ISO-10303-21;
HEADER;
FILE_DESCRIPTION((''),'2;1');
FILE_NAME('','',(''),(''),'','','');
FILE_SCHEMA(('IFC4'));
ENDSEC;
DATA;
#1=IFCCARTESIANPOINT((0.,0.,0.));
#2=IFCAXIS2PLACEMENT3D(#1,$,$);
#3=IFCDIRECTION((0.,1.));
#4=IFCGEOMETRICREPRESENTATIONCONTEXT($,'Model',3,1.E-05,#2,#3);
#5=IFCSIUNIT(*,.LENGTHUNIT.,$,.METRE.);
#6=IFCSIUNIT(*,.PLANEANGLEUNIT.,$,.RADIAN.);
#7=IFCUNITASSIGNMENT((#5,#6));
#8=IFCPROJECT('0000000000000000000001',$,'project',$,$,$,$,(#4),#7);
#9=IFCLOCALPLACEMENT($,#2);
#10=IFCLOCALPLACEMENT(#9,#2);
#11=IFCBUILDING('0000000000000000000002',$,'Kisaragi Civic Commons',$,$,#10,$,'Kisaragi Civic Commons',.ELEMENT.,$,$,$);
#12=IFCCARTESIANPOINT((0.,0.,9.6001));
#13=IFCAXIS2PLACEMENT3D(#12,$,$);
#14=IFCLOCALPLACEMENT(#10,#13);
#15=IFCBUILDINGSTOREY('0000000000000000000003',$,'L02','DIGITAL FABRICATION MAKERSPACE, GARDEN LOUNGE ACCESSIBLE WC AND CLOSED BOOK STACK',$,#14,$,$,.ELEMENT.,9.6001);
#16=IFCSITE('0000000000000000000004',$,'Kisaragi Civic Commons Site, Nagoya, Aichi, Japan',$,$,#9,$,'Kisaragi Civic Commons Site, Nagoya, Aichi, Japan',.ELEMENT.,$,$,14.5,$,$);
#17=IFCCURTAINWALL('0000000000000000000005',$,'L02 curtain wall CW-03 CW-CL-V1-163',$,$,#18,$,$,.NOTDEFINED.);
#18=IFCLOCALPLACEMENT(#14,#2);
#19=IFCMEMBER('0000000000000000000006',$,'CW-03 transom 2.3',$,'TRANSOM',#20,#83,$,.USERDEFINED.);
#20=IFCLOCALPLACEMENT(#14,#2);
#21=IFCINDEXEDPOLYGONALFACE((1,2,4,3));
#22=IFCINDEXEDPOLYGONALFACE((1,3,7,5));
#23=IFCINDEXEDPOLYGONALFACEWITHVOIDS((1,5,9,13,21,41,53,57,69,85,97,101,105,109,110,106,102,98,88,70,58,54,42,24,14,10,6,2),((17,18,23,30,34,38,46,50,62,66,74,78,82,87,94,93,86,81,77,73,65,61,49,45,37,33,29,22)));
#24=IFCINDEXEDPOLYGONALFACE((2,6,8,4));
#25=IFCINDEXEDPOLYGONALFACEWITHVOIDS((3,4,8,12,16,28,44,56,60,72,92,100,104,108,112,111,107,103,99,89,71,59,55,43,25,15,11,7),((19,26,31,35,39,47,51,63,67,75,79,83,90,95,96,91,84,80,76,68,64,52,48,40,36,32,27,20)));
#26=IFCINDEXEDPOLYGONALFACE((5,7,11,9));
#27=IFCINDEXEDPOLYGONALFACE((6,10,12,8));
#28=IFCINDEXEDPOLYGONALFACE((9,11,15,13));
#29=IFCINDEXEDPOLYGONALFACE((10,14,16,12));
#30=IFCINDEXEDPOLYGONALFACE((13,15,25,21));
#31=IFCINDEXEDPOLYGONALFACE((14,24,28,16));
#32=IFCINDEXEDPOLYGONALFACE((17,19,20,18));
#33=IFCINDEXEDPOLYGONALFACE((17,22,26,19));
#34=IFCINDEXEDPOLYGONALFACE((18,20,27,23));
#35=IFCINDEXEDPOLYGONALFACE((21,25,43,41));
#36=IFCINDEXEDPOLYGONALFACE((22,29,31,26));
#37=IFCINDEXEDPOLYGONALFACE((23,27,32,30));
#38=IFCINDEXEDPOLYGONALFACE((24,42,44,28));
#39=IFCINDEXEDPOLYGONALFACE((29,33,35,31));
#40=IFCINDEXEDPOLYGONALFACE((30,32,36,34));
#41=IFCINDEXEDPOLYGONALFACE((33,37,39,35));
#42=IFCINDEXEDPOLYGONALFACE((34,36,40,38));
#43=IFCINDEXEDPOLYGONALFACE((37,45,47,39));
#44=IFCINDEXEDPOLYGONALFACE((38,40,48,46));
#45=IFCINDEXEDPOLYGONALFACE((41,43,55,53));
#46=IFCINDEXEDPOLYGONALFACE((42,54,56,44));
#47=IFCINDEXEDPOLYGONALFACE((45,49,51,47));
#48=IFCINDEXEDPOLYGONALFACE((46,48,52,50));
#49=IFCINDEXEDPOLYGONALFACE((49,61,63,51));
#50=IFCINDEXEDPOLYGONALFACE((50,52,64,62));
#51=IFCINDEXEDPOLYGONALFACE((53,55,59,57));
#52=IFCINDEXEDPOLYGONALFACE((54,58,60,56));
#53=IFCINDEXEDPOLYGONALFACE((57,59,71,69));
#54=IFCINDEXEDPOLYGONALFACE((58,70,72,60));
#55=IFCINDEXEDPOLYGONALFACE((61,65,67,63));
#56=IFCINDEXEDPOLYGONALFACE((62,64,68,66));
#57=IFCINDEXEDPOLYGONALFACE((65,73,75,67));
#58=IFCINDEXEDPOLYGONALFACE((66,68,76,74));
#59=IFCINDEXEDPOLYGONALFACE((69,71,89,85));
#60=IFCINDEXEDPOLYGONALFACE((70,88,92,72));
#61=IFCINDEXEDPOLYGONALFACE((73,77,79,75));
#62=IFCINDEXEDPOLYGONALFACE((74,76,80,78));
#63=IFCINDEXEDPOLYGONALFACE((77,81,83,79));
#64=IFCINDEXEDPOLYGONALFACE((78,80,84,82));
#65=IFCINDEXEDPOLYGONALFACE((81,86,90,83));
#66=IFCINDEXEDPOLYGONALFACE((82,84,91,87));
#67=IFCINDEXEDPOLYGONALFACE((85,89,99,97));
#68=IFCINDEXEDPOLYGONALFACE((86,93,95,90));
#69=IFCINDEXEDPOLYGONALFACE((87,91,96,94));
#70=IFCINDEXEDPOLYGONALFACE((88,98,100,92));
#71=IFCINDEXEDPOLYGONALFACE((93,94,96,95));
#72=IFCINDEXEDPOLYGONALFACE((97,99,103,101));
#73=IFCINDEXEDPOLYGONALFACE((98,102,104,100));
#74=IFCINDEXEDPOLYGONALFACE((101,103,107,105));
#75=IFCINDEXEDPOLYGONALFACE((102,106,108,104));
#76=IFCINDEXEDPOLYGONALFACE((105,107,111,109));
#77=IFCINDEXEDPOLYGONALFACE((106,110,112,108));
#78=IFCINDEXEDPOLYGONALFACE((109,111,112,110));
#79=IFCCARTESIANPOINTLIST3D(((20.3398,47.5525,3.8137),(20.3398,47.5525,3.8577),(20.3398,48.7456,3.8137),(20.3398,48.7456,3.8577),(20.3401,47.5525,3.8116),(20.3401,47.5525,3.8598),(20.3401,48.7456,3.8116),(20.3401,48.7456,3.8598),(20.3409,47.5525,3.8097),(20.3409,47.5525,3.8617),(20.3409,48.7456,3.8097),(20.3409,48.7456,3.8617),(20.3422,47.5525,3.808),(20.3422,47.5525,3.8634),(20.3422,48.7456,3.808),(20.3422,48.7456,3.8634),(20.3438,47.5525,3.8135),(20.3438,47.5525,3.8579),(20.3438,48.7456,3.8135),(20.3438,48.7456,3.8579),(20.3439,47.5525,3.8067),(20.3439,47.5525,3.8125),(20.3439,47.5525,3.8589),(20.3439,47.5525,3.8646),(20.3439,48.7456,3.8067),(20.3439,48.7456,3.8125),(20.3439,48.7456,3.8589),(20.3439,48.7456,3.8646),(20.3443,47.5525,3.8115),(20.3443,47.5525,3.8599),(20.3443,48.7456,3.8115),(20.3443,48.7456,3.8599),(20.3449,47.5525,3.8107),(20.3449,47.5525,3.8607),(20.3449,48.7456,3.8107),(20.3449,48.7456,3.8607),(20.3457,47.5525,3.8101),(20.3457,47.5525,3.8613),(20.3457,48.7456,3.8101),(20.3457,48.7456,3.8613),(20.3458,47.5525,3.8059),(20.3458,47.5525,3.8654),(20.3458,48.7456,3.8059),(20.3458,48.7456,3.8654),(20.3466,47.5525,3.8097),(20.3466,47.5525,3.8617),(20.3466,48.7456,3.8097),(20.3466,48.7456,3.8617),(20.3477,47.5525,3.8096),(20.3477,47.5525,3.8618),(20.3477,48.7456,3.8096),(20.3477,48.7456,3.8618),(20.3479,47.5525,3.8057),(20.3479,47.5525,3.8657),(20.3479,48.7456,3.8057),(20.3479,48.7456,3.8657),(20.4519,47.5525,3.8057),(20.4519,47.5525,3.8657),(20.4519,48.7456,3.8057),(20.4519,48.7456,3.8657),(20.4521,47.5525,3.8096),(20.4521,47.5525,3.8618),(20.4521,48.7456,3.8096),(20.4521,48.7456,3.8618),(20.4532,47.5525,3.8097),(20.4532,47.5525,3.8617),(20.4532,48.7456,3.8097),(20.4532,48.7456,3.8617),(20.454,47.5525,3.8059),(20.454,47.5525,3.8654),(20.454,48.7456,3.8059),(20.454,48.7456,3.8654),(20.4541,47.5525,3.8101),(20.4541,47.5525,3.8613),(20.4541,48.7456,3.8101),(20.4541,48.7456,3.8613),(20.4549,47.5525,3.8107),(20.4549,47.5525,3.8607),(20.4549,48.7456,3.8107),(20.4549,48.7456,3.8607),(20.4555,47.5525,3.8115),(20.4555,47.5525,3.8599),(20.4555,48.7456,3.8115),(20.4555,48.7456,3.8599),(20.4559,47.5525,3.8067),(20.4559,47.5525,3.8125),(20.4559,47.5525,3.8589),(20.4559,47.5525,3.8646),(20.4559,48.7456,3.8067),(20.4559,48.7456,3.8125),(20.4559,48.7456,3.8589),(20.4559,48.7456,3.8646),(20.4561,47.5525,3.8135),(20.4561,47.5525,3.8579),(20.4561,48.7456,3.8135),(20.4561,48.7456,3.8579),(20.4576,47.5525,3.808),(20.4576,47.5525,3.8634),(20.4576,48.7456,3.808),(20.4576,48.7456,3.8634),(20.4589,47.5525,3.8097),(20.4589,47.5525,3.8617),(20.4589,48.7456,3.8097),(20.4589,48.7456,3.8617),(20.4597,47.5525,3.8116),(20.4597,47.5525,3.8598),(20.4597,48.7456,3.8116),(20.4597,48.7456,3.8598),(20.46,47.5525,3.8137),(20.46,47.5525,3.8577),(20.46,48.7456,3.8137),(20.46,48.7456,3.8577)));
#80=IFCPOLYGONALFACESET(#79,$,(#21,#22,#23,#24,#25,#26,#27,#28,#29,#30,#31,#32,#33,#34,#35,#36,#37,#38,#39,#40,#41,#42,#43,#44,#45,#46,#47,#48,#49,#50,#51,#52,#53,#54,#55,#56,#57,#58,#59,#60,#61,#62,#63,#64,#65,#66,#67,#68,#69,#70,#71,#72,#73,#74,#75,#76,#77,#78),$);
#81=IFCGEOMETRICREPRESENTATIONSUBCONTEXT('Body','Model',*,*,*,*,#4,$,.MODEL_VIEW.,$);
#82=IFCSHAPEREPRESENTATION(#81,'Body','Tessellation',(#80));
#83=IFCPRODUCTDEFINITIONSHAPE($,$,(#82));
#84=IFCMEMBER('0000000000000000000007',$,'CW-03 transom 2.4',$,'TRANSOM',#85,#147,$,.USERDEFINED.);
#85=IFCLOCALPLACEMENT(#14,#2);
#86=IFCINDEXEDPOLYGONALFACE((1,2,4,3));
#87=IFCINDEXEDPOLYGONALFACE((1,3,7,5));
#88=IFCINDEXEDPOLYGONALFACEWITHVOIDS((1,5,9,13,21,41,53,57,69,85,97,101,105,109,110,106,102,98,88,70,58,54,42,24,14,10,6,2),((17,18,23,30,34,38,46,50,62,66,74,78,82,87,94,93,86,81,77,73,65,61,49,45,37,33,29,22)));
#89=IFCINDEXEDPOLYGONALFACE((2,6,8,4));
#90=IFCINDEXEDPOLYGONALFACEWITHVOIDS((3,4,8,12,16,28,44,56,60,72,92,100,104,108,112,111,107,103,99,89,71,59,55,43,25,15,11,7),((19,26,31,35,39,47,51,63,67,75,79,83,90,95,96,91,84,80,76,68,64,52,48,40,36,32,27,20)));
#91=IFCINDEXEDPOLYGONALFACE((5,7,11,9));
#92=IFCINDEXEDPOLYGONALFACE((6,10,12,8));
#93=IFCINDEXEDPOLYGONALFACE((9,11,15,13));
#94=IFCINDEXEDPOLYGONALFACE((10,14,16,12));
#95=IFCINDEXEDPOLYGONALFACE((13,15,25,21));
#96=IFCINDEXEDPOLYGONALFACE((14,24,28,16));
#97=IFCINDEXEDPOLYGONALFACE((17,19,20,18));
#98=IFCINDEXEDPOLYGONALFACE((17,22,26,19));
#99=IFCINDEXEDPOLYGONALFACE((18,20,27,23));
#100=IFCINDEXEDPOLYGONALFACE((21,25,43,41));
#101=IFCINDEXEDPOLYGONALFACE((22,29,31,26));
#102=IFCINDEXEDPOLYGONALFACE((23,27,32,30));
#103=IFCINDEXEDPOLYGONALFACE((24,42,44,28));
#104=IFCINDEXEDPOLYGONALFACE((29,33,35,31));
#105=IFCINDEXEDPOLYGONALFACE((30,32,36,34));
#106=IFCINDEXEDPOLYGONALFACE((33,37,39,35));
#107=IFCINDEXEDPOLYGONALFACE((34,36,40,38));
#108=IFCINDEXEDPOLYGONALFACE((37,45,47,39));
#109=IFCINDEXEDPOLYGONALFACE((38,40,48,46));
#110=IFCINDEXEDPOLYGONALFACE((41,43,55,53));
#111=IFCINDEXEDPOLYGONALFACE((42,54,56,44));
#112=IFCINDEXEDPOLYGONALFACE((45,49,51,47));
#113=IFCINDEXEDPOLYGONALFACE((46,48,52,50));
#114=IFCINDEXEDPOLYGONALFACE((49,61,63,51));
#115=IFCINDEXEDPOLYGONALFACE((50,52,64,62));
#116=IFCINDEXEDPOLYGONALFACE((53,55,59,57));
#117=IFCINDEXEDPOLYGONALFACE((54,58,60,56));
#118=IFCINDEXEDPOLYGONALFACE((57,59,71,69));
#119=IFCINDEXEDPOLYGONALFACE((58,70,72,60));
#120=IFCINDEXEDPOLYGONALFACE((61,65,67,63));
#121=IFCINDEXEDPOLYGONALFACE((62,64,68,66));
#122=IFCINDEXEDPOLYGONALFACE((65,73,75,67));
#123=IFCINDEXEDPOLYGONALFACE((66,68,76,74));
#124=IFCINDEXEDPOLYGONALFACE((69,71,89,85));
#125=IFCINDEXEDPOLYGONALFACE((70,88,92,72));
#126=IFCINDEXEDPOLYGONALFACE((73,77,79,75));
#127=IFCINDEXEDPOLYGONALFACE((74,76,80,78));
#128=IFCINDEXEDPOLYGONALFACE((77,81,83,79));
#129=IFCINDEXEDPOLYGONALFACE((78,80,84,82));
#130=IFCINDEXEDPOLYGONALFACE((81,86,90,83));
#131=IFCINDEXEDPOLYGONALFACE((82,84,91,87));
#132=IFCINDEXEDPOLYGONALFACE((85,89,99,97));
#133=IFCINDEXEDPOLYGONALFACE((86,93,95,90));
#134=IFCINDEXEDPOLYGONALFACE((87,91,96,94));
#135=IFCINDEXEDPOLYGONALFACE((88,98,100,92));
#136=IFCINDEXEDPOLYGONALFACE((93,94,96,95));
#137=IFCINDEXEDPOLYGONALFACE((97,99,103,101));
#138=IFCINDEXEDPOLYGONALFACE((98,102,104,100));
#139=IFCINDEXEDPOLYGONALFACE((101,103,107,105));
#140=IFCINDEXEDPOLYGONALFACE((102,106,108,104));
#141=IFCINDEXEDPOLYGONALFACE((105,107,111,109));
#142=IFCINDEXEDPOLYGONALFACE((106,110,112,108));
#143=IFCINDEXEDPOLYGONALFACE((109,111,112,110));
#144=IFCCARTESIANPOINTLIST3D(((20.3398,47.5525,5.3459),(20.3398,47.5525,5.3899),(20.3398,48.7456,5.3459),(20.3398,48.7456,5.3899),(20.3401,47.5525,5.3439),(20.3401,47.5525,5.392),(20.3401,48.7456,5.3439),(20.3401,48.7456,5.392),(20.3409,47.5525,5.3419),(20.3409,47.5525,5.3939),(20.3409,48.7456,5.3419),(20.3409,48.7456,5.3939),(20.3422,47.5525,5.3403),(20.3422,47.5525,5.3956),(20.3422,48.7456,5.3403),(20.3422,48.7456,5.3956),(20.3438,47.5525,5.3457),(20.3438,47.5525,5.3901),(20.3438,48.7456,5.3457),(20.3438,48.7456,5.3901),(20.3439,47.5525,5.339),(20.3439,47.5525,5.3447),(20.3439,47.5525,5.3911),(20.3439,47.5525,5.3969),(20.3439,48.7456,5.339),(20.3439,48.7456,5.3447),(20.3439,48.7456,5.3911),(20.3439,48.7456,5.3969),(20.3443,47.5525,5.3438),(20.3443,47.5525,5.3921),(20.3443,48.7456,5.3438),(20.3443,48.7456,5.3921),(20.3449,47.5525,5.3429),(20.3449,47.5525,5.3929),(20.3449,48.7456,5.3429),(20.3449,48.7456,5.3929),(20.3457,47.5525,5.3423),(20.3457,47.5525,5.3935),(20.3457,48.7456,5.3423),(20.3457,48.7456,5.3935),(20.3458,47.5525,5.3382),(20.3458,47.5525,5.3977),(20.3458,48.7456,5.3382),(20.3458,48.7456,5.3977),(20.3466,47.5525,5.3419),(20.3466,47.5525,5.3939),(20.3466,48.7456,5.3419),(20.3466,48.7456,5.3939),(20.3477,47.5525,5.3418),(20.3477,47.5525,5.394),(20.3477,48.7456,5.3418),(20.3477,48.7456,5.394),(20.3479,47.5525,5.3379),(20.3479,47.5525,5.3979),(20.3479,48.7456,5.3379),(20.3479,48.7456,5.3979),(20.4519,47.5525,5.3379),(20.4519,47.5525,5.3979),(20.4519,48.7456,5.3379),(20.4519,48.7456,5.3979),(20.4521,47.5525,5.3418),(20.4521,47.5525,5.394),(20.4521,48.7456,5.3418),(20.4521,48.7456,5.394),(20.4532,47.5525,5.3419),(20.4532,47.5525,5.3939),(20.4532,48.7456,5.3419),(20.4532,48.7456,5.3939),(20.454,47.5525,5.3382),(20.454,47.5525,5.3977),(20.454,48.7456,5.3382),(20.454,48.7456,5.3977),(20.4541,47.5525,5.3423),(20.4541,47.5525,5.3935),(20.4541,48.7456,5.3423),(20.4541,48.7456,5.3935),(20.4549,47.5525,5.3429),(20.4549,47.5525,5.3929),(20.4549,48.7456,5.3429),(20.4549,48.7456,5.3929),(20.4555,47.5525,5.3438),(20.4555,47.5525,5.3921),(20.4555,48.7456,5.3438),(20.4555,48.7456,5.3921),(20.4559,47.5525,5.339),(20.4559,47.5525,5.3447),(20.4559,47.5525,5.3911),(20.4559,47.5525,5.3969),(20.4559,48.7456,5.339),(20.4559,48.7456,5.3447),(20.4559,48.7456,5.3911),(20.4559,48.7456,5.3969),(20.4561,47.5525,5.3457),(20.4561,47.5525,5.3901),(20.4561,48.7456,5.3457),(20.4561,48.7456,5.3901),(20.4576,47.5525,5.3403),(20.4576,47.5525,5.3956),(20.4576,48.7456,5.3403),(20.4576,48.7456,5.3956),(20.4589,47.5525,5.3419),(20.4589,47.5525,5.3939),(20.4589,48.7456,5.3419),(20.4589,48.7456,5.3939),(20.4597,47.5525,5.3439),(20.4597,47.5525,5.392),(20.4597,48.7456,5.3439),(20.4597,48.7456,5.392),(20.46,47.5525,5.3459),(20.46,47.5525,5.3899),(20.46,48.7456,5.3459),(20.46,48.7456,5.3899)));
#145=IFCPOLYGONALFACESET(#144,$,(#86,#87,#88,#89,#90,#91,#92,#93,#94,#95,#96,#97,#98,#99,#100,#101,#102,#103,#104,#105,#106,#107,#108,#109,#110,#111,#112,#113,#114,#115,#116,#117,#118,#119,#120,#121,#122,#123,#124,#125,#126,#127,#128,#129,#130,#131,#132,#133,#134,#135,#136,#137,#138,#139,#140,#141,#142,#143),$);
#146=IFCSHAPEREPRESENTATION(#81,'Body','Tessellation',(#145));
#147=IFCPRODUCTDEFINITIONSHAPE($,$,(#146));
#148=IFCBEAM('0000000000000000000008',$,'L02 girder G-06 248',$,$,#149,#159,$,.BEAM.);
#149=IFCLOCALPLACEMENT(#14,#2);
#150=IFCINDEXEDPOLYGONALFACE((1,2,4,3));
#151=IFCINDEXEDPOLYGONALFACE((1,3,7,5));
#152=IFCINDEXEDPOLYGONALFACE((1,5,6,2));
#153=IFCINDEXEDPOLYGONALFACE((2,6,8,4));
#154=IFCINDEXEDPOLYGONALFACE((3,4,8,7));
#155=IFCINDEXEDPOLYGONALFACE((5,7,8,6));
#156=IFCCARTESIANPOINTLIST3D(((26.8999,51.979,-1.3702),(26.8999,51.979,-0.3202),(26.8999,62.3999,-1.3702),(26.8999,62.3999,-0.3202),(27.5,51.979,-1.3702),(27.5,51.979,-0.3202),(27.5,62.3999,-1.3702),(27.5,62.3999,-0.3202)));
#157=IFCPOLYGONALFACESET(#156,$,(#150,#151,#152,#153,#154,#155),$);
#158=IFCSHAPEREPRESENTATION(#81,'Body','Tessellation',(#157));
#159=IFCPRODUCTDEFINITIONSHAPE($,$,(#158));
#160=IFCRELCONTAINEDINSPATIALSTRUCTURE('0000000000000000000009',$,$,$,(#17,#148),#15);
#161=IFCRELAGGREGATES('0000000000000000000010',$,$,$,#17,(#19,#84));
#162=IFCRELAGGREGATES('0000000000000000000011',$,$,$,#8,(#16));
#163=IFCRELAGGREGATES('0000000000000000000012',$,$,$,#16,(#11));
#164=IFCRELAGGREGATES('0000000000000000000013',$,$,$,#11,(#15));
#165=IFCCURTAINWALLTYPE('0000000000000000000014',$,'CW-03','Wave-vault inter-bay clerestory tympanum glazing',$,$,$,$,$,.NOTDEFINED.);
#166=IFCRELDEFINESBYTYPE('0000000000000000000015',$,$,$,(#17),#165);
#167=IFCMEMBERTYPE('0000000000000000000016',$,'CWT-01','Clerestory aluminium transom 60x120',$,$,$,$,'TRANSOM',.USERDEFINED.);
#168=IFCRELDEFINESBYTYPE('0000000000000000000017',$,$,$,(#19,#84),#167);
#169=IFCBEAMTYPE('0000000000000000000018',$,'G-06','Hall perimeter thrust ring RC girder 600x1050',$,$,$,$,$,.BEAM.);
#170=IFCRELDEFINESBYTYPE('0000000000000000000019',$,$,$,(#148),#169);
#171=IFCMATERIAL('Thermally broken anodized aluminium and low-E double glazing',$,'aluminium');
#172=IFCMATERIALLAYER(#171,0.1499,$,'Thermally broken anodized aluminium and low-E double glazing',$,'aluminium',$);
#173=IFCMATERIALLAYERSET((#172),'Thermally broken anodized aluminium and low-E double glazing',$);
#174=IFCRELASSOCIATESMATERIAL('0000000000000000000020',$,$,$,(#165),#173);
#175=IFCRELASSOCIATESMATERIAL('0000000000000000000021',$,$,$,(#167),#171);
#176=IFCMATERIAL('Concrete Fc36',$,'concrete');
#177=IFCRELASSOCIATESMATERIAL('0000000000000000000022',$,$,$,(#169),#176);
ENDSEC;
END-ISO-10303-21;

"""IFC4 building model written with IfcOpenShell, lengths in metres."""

from ifc_helpers import new_model, si_unit, direction, frame, origin, origin_2d, place, context, subcontext, project, spatial, rectangle, hollow_rectangle, extrude, material, layer, layer_set, material_profile, profile_set, type_object, element, aggregate, save


model = new_model("IFC4")

# Units and contexts
model_context = context("Model", 3, precision=1e-05, world=origin(), true_north=direction((0.0, 1.0)))
body_context = subcontext(model_context, "Body", "Model", "MODEL_VIEW")
ifc_project = project(units=[si_unit("LENGTHUNIT", "METRE"), si_unit("PLANEANGLEUNIT", "RADIAN")], contexts=[model_context])

# Site, building, storey
site_placement = place(None, origin())
site = spatial("IfcSite", under=ifc_project, at=site_placement, Name="Kisaragi Civic Commons Site, Nagoya, Aichi, Japan", LongName="Kisaragi Civic Commons Site, Nagoya, Aichi, Japan", CompositionType="ELEMENT", RefElevation=14.5)
building_placement = place(site_placement, origin())
building = spatial("IfcBuilding", under=site, at=building_placement, Name="Kisaragi Civic Commons", LongName="Kisaragi Civic Commons", CompositionType="ELEMENT")
storey_placement = place(building_placement, frame((0.0, 0.0, 9.6001)))
storey = spatial("IfcBuildingStorey", under=building, at=storey_placement, Name="L02", Description="DIGITAL FABRICATION MAKERSPACE, GARDEN LOUNGE ACCESSIBLE WC AND CLOSED BOOK STACK", CompositionType="ELEMENT", Elevation=9.6001)

# Curtain wall, members
ifc_material_1 = material(Name="Thermally broken anodized aluminium and low-E double glazing", Category="aluminium")
ifc_layer_1 = layer(ifc_material_1, 0.1499, Name="Thermally broken anodized aluminium and low-E double glazing", Category="aluminium")
ifc_layer_set_1 = layer_set([ifc_layer_1], Name="Thermally broken anodized aluminium and low-E double glazing")
curtain_wall_type = type_object("IfcCurtainWallType", Name="CW-03", Description="Wave-vault inter-bay clerestory tympanum glazing", PredefinedType="NOTDEFINED", material=ifc_layer_set_1)
curtain_wall_placement = place(storey_placement, origin())
curtain_wall = element("IfcCurtainWall", 1, at=curtain_wall_placement, inside=storey, type_object=curtain_wall_type, Name="L02 curtain wall CW-03 CW-CL-V1-163", PredefinedType="NOTDEFINED")
ifc_material_profile_1 = material_profile(ifc_material_1, hollow_rectangle(XDim=0.1201, YDim=0.0601, WallThickness=0.0039, InnerFilletRadius=0.0039, OuterFilletRadius=0.0081, at=origin_2d()), Name="CWT-60x120x4", Category="aluminium")
ifc_profile_set_1 = profile_set([ifc_material_profile_1], Name="Thermally broken anodized aluminium and low-E double glazing")
member_type_1 = type_object("IfcMemberType", Name="CWT-01", Description="Clerestory aluminium transom 60x120", ElementType="TRANSOM", PredefinedType="USERDEFINED", material=ifc_profile_set_1)
member_1_placement = place(storey_placement, frame((20.3999, 47.5525, 3.8357), z_axis=(0.0, 1.0, 0.0), x_axis=(-1.0, 0.0, 0.0)))
member_1 = element("IfcMember", 2, at=member_1_placement, type_object=member_type_1, Name="CW-03 transom 2.3", ObjectType="TRANSOM", PredefinedType="USERDEFINED", context=body_context, shape_type="SweptSolid", body=[
    extrude(hollow_rectangle(XDim=0.1201, YDim=0.0601, WallThickness=0.0039, InnerFilletRadius=0.0039, OuterFilletRadius=0.0081, at=origin_2d()), origin(), (0.0, 0.0, 1.0), 1.1931),
])
member_2_placement = place(storey_placement, frame((20.3999, 47.5525, 5.3679), z_axis=(0.0, 1.0, 0.0), x_axis=(-1.0, 0.0, 0.0)))
member_2 = element("IfcMember", 3, at=member_2_placement, type_object=member_type_1, Name="CW-03 transom 2.4", ObjectType="TRANSOM", PredefinedType="USERDEFINED", context=body_context, shape_type="SweptSolid", body=[
    extrude(hollow_rectangle(XDim=0.1201, YDim=0.0601, WallThickness=0.0039, InnerFilletRadius=0.0039, OuterFilletRadius=0.0081, at=origin_2d()), origin(), (0.0, 0.0, 1.0), 1.1931),
])

# Beam
ifc_material_2 = material(Name="Concrete Fc36", Category="concrete")
ifc_material_profile_2 = material_profile(ifc_material_2, rectangle(XDim=0.6001, YDim=1.05, at=origin_2d()), Name="RC-600x1050", Category="concrete")
ifc_profile_set_2 = profile_set([ifc_material_profile_2], Name="Concrete Fc36")
beam_type = type_object("IfcBeamType", Name="G-06", Description="Hall perimeter thrust ring RC girder 600x1050", PredefinedType="BEAM", material=ifc_profile_set_2)
beam_placement = place(storey_placement, frame((27.2, 51.979, -0.8452), z_axis=(0.0, 1.0, 0.0), x_axis=(-1.0, 0.0, 0.0)))
element("IfcBeam", 4, at=beam_placement, inside=storey, type_object=beam_type, Name="L02 girder G-06 248", PredefinedType="BEAM", context=body_context, shape_type="SweptSolid", body=[
    extrude(rectangle(XDim=0.6001, YDim=1.05, at=origin_2d()), origin(), (0.0, 0.0, 1.0), 10.4209),
])

aggregate(curtain_wall, [member_1, member_2])

save(model, "model.ifc")
